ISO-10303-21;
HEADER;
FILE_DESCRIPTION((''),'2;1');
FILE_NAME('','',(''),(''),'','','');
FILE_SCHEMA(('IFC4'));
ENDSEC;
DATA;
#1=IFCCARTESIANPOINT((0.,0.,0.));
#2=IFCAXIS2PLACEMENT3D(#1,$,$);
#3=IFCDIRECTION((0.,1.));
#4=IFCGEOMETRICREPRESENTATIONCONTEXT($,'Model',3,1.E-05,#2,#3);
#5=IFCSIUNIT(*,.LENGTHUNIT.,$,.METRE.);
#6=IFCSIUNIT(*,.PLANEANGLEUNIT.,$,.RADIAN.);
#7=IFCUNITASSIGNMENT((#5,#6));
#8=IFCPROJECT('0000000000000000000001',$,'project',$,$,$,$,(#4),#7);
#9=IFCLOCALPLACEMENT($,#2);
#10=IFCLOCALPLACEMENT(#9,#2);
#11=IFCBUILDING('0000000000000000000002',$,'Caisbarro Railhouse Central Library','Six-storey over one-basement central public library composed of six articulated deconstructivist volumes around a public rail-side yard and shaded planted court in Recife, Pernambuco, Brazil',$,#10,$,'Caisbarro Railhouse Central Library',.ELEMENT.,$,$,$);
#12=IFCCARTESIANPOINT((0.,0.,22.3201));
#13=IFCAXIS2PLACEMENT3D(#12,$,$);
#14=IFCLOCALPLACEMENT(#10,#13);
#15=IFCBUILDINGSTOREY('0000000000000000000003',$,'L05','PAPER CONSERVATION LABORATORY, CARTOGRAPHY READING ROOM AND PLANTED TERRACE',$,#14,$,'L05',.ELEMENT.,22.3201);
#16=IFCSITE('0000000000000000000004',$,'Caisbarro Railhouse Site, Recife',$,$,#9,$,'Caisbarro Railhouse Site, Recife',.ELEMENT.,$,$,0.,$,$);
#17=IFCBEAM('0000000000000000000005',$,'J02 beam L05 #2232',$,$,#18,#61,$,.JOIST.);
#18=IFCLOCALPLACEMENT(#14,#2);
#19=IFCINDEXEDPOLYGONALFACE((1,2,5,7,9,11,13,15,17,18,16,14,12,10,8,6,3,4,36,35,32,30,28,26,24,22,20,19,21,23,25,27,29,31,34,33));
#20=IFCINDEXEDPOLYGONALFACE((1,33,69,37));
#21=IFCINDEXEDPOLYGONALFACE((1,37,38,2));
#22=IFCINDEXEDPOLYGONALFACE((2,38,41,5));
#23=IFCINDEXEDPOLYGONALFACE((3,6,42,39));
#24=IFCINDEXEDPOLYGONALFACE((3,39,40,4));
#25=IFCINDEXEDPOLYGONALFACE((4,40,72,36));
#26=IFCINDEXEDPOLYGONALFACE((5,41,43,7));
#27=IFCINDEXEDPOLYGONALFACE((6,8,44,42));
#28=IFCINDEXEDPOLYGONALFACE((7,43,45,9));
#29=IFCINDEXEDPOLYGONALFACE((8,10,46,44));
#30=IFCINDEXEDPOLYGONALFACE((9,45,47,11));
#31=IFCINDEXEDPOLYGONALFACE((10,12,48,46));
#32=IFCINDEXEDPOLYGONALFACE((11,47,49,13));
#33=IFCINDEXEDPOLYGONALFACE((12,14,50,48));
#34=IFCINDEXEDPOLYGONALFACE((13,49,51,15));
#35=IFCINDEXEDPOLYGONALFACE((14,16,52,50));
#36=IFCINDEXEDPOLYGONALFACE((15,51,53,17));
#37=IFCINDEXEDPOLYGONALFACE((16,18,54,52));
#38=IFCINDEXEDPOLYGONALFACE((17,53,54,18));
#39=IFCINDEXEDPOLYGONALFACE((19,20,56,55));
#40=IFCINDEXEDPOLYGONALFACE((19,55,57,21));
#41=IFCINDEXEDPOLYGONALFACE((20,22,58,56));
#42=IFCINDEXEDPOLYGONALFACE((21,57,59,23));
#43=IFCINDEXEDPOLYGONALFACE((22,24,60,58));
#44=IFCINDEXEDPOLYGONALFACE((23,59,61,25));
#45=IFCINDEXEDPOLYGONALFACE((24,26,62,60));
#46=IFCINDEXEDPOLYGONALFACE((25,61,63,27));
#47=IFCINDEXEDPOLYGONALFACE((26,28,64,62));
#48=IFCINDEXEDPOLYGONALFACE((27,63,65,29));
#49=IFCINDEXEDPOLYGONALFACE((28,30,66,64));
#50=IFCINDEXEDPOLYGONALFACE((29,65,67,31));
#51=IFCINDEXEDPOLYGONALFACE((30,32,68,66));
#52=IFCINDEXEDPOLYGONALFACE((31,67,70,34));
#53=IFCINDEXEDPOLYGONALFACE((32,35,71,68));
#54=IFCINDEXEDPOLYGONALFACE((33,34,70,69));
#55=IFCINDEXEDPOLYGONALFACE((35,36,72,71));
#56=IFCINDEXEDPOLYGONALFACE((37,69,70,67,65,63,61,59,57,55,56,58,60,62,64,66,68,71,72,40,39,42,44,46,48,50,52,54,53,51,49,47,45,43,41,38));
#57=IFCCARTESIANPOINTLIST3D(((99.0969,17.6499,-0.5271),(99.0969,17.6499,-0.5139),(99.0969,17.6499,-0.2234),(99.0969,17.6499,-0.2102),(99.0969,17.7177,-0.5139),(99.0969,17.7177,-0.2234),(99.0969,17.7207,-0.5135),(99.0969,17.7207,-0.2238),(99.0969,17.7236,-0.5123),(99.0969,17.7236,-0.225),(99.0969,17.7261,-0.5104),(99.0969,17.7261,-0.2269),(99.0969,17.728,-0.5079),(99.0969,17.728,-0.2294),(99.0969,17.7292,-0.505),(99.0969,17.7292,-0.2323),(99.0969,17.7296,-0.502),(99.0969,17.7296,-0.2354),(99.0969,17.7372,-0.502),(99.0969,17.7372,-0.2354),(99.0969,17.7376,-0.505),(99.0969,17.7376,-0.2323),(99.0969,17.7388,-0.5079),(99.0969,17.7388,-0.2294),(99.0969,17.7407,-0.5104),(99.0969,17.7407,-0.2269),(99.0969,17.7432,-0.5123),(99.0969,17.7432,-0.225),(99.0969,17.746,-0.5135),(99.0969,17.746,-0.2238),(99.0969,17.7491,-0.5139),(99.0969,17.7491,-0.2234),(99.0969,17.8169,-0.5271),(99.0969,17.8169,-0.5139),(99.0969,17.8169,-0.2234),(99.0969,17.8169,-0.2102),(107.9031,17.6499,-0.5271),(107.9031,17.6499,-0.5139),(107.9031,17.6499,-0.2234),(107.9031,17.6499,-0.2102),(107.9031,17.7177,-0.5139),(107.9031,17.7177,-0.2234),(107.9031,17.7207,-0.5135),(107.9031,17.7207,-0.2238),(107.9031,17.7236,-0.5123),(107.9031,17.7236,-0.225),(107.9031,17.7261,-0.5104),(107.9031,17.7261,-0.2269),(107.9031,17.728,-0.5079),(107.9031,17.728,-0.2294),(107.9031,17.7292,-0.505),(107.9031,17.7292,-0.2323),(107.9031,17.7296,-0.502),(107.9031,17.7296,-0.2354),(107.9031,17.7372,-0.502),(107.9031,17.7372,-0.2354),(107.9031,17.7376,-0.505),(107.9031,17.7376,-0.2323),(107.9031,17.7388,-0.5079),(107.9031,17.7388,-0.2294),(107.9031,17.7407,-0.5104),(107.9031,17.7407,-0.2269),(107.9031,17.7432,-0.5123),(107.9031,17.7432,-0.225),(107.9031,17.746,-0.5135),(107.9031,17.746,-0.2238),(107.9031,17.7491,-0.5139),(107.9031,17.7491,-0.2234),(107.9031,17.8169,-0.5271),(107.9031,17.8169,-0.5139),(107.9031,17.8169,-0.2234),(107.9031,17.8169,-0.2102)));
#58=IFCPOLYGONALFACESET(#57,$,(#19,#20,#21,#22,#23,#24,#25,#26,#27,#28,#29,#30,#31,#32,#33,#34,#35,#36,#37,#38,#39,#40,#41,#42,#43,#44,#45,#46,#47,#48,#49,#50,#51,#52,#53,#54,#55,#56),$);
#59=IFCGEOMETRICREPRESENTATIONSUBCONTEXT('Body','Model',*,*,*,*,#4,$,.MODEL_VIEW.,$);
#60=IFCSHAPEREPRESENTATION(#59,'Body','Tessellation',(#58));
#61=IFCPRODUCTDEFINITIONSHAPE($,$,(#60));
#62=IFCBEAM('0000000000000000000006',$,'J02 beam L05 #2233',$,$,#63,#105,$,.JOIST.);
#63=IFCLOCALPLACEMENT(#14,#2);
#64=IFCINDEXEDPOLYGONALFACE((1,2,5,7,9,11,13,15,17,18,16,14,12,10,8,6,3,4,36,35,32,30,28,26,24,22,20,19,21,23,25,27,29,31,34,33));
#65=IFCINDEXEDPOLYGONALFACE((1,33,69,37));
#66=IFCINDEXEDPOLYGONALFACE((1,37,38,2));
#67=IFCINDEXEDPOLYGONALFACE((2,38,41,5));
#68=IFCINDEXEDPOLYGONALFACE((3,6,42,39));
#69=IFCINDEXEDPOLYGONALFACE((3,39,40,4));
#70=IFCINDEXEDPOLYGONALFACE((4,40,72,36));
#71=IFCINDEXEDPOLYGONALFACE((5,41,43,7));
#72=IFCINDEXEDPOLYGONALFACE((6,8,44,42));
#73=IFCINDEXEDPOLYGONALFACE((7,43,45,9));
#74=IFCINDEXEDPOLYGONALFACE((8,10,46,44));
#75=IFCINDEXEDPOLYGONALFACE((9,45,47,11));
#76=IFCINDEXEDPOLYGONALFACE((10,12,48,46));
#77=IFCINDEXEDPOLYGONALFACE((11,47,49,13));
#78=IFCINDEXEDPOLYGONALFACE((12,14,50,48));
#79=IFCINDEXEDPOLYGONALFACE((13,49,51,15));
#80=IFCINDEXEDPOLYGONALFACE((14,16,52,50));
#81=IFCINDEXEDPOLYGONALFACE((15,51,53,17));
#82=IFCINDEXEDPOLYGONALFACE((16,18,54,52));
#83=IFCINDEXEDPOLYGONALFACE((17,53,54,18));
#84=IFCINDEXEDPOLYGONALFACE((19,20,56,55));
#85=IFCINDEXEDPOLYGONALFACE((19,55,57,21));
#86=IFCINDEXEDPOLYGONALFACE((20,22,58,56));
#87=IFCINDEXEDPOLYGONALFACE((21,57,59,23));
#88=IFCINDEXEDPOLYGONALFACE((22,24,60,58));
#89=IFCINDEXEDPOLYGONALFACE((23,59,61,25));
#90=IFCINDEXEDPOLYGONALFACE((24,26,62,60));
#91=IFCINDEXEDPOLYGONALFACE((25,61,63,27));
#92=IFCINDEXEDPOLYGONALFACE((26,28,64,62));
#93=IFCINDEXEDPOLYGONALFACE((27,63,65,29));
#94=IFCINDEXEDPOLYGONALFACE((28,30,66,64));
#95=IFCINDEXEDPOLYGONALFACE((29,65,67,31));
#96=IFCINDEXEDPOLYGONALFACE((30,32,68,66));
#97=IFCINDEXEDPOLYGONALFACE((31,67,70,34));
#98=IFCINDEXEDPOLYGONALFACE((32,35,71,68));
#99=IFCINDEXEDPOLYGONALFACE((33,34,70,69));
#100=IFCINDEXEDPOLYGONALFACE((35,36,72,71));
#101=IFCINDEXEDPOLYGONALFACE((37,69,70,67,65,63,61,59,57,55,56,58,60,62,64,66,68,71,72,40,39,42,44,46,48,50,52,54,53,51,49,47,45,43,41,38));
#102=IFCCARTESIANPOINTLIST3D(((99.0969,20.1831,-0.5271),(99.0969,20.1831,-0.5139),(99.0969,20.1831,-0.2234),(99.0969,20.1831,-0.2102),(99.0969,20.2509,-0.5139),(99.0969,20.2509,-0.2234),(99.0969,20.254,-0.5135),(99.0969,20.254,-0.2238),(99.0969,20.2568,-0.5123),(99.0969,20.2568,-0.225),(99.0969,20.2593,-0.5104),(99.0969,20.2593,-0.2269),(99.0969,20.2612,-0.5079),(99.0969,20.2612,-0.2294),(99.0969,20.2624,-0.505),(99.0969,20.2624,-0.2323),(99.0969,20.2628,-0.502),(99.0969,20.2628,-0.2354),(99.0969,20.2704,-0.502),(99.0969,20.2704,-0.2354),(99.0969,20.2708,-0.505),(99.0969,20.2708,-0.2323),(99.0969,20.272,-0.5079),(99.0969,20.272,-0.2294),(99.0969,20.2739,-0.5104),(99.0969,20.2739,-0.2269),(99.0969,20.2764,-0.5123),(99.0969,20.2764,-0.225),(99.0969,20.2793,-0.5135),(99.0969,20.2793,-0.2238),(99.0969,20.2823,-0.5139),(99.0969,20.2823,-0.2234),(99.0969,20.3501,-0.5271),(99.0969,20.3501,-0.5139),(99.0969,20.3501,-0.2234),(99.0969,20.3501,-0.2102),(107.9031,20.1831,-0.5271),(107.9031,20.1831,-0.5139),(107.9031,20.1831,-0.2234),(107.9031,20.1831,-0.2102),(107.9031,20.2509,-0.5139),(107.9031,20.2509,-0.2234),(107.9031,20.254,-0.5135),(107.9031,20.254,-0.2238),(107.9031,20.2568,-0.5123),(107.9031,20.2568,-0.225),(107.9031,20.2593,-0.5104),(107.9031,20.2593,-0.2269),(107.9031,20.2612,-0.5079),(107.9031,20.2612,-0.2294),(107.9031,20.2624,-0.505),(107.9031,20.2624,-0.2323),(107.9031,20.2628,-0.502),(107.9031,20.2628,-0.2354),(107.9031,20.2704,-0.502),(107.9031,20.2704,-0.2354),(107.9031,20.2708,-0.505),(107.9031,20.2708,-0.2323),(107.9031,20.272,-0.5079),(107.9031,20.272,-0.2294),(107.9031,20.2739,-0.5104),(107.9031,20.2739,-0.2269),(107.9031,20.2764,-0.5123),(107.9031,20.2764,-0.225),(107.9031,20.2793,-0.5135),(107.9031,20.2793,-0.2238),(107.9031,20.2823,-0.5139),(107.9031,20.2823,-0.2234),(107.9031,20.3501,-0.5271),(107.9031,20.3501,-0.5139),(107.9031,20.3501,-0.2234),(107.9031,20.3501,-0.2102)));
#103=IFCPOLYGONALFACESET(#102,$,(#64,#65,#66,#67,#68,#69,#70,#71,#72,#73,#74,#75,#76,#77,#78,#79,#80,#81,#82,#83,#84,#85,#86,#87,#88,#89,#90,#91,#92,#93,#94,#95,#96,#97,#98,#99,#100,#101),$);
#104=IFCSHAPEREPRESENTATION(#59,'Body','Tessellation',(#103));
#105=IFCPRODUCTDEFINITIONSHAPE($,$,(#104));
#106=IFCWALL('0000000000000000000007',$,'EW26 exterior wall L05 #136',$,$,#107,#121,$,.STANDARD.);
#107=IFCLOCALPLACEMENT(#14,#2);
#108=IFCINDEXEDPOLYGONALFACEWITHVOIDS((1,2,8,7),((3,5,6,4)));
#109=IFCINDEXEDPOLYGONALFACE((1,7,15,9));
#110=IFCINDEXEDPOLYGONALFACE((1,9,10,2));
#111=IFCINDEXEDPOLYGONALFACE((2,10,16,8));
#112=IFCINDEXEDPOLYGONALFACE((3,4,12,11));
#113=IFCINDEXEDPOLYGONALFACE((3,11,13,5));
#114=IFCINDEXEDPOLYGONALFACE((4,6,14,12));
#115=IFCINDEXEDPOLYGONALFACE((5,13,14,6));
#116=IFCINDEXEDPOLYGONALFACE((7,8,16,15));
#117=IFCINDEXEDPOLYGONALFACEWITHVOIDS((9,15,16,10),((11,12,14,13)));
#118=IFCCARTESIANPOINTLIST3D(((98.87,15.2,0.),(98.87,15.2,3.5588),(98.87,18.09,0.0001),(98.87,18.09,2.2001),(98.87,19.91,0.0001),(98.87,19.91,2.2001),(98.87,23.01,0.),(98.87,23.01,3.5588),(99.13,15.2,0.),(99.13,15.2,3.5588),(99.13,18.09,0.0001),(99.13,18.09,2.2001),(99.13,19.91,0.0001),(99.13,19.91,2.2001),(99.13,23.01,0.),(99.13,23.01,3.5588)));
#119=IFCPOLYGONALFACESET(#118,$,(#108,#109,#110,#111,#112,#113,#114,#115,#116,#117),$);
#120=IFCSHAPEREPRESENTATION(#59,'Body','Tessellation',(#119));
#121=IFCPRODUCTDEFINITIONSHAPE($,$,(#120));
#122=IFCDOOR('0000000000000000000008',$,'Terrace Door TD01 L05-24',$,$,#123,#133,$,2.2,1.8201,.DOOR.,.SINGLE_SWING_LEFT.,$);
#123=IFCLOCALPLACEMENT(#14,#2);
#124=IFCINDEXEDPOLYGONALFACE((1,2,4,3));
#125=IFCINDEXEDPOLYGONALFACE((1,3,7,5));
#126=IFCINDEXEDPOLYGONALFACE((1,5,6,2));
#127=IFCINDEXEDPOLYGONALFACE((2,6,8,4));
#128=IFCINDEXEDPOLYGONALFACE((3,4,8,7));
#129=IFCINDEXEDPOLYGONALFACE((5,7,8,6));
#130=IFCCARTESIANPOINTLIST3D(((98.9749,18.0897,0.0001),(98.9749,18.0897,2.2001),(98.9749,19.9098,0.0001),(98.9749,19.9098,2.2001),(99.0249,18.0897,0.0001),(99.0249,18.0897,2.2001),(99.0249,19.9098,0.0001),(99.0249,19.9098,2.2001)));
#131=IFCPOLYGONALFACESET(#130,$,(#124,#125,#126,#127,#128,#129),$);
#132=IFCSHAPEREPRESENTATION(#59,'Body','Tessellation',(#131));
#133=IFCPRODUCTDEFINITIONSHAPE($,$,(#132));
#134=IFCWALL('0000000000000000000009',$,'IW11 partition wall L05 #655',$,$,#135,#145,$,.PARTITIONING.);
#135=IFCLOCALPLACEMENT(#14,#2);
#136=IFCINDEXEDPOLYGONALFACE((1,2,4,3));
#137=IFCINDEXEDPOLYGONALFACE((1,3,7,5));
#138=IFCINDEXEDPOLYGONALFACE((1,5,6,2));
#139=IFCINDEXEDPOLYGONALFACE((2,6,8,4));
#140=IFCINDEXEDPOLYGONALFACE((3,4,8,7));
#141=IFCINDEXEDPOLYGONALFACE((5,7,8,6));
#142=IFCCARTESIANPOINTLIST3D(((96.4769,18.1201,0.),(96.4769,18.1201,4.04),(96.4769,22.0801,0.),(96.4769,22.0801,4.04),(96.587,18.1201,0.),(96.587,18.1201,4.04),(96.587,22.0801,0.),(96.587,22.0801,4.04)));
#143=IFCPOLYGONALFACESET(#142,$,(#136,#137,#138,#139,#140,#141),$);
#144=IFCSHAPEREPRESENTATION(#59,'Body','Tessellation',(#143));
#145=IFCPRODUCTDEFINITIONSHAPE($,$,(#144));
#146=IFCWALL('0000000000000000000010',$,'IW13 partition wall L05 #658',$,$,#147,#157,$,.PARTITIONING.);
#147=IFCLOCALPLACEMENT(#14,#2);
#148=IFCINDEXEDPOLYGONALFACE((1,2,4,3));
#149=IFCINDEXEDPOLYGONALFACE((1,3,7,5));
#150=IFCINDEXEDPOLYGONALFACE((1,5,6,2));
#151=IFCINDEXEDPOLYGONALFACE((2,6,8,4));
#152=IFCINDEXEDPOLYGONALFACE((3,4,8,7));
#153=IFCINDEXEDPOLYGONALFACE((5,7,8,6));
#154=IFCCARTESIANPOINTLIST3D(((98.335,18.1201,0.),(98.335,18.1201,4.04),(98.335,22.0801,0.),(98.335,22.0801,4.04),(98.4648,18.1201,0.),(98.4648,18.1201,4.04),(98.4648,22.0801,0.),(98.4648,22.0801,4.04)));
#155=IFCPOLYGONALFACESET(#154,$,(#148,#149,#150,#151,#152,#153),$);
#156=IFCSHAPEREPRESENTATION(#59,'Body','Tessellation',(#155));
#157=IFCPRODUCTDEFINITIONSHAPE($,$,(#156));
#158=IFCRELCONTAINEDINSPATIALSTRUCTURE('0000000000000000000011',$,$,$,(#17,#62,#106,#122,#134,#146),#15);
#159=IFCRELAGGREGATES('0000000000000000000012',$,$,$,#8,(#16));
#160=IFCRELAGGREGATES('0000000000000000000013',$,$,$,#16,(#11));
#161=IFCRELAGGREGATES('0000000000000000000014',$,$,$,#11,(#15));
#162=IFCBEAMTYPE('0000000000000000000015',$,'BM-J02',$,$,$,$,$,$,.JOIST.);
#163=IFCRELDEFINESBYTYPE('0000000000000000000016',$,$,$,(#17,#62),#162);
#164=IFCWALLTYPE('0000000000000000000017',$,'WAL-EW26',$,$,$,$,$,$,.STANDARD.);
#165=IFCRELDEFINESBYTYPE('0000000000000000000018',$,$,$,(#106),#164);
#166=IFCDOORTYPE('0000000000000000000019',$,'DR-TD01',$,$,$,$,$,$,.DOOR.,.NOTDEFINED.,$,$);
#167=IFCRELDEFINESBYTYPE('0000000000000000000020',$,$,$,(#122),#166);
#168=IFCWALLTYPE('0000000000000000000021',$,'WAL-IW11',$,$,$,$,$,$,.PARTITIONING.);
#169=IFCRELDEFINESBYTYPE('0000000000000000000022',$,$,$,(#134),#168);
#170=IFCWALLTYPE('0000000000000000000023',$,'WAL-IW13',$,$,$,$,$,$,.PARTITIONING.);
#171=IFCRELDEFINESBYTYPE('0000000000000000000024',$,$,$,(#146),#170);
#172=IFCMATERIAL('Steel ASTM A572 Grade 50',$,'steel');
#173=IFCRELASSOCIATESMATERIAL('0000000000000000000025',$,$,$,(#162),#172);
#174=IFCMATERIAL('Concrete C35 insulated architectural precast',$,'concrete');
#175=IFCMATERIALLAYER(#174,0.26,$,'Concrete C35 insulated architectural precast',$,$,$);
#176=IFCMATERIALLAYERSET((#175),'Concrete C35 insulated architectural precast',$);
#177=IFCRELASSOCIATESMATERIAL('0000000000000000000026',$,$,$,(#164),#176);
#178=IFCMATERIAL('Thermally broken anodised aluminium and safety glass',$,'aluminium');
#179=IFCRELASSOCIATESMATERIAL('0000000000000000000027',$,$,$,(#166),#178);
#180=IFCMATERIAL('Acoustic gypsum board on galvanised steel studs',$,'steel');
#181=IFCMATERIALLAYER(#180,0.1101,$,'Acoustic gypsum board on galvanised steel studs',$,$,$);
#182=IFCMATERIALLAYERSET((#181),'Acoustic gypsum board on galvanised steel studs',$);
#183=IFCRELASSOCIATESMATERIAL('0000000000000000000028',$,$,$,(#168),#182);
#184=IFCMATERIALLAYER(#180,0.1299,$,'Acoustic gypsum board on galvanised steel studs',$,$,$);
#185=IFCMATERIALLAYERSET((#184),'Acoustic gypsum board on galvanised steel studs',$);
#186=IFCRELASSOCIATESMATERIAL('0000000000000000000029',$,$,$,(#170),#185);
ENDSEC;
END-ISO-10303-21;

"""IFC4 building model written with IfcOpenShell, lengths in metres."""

from ifc_helpers import new_model, si_unit, direction, frame, frame_2d, origin, origin_2d, place, context, subcontext, project, spatial, rectangle, i_section, extrude, material, layer, layer_set, material_profile, profile_set, type_object, element, fill, save


model = new_model("IFC4")

# Units and contexts
model_context = context("Model", 3, precision=1e-05, world=origin(), true_north=direction((0.0, 1.0)))
body_context = subcontext(model_context, "Body", "Model", "MODEL_VIEW")
ifc_project = project(units=[si_unit("LENGTHUNIT", "METRE"), si_unit("PLANEANGLEUNIT", "RADIAN")], contexts=[model_context])

# Site, building, storey
site_placement = place(None, origin())
site = spatial("IfcSite", under=ifc_project, at=site_placement, Name="Caisbarro Railhouse Site, Recife", LongName="Caisbarro Railhouse Site, Recife", CompositionType="ELEMENT", RefElevation=0.0)
building_placement = place(site_placement, origin())
building = spatial("IfcBuilding", under=site, at=building_placement, Name="Caisbarro Railhouse Central Library", Description="Six-storey over one-basement central public library composed of six articulated deconstructivist volumes around a public rail-side yard and shaded planted court in Recife, Pernambuco, Brazil", LongName="Caisbarro Railhouse Central Library", CompositionType="ELEMENT")
storey_placement = place(building_placement, frame((0.0, 0.0, 22.3201)))
storey = spatial("IfcBuildingStorey", under=building, at=storey_placement, Name="L05", Description="PAPER CONSERVATION LABORATORY, CARTOGRAPHY READING ROOM AND PLANTED TERRACE", LongName="L05", CompositionType="ELEMENT", Elevation=22.3201)

# Shared definitions
ifc_material_1 = material(Name="Steel ASTM A572 Grade 50", Category="steel")

# Beams
ifc_material_profile_1 = material_profile(ifc_material_1, i_section(OverallWidth=0.167, OverallDepth=0.3169, WebThickness=0.0076, FlangeThickness=0.0132, FilletRadius=0.012, at=origin_2d()), Name="W310X52.0")
ifc_profile_set_1 = profile_set([ifc_material_profile_1], Name="Steel ASTM A572 Grade 50")
beam_type_1 = type_object("IfcBeamType", Name="BM-J02", PredefinedType="JOIST", material=ifc_profile_set_1)
for number, where, z_axis, x_axis, name in (
    (1, (99.0969, 17.7334, -0.3687), (1.0, 0.0, 0.0), (0.0, 1.0, 0.0), "J02 beam L05 #2232"),
    (2, (99.0969, 20.2666, -0.3687), (1.0, 0.0, 0.0), (0.0, 1.0, 0.0), "J02 beam L05 #2233"),
):
    element("IfcBeam", number, at=place(storey_placement, frame(where, z_axis=z_axis, x_axis=x_axis)), inside=storey, type_object=beam_type_1, Name=name, PredefinedType="JOIST", context=body_context, shape_type="SweptSolid", body=[
        extrude(i_section(OverallWidth=0.167, OverallDepth=0.3169, WebThickness=0.0076, FlangeThickness=0.0132, FilletRadius=0.012, at=origin_2d()), origin(), (0.0, 0.0, 1.0), 8.8062),
    ])

# Wall, opening, door
ifc_material_2 = material(Name="Concrete C35 insulated architectural precast", Category="concrete")
ifc_layer_1 = layer(ifc_material_2, 0.26, Name="Concrete C35 insulated architectural precast")
ifc_layer_set_1 = layer_set([ifc_layer_1], Name="Concrete C35 insulated architectural precast")
wall_type_1 = type_object("IfcWallType", Name="WAL-EW26", PredefinedType="STANDARD", material=ifc_layer_set_1)
wall_1_placement = place(storey_placement, frame((99.0, 15.2, 0.0), z_axis=(0.0, 0.0, 1.0), x_axis=(0.0, 1.0, 0.0)))
wall_1 = element("IfcWall", 3, at=wall_1_placement, inside=storey, type_object=wall_type_1, Name="EW26 exterior wall L05 #136", PredefinedType="STANDARD", context=body_context, shape_type="SweptSolid", body=[
    extrude(rectangle(XDim=7.8101, YDim=0.26, at=frame_2d((3.905, 0.0))), origin(), (0.0, 0.0, 1.0), 3.5588),
])
opening_1_placement = place(wall_1_placement, frame((2.8899, 0.0, 0.0)))
opening_1 = element("IfcOpeningElement", 4, at=opening_1_placement, cuts=wall_1, PredefinedType="OPENING", context=body_context, shape_type="SweptSolid", body=[
    extrude(rectangle(XDim=1.8201, YDim=2.2, at=frame_2d((0.9102, 1.1001))), frame((0.0, 0.1401, 0.0), z_axis=(0.0, -1.0, 0.0), x_axis=(1.0, 0.0, 0.0)), (0.0, 0.0, 1.0), 0.28),
])
ifc_material_3 = material(Name="Thermally broken anodised aluminium and safety glass", Category="aluminium")
door_type_1 = type_object("IfcDoorType", Name="DR-TD01", OperationType="NOTDEFINED", PredefinedType="DOOR", material=ifc_material_3)
door_1_placement = place(opening_1_placement, frame((1.8201, 0.0, 0.0), z_axis=(0.0, 0.0, 1.0), x_axis=(-1.0, 0.0, 0.0)))
door_1 = element("IfcDoor", 5, at=door_1_placement, inside=storey, type_object=door_type_1, Name="Terrace Door TD01 L05-24", OperationType="SINGLE_SWING_LEFT", OverallHeight=2.2, OverallWidth=1.8201, PredefinedType="DOOR", context=body_context, shape_type="SweptSolid", body=[
    extrude(rectangle(XDim=1.8201, YDim=2.2, at=frame_2d((0.9102, 1.1001))), frame((0.0, 0.0249, 0.0), z_axis=(0.0, -1.0, 0.0), x_axis=(1.0, 0.0, 0.0)), (0.0, 0.0, 1.0), 0.05),
])
fill(opening_1, door_1)

# Walls
ifc_material_4 = material(Name="Acoustic gypsum board on galvanised steel studs", Category="steel")
ifc_layer_2 = layer(ifc_material_4, 0.1101, Name="Acoustic gypsum board on galvanised steel studs")
ifc_layer_set_2 = layer_set([ifc_layer_2], Name="Acoustic gypsum board on galvanised steel studs")
wall_type_2 = type_object("IfcWallType", Name="WAL-IW11", PredefinedType="PARTITIONING", material=ifc_layer_set_2)
wall_2_placement = place(storey_placement, frame((96.532, 18.1201, 0.0), z_axis=(0.0, 0.0, 1.0), x_axis=(0.0, 1.0, 0.0)))
element("IfcWall", 6, at=wall_2_placement, inside=storey, type_object=wall_type_2, Name="IW11 partition wall L05 #655", PredefinedType="PARTITIONING", context=body_context, shape_type="SweptSolid", body=[
    extrude(rectangle(XDim=3.96, YDim=0.1101, at=frame_2d((1.98, 0.0))), origin(), (0.0, 0.0, 1.0), 4.04),
])
ifc_layer_3 = layer(ifc_material_4, 0.1299, Name="Acoustic gypsum board on galvanised steel studs")
ifc_layer_set_3 = layer_set([ifc_layer_3], Name="Acoustic gypsum board on galvanised steel studs")
wall_type_3 = type_object("IfcWallType", Name="WAL-IW13", PredefinedType="PARTITIONING", material=ifc_layer_set_3)
wall_3_placement = place(storey_placement, frame((98.3999, 18.1201, 0.0), z_axis=(0.0, 0.0, 1.0), x_axis=(0.0, 1.0, 0.0)))
element("IfcWall", 7, at=wall_3_placement, inside=storey, type_object=wall_type_3, Name="IW13 partition wall L05 #658", PredefinedType="PARTITIONING", context=body_context, shape_type="SweptSolid", body=[
    extrude(rectangle(XDim=3.96, YDim=0.1299, at=frame_2d((1.98, 0.0))), origin(), (0.0, 0.0, 1.0), 4.04),
])

save(model, "model.ifc")
